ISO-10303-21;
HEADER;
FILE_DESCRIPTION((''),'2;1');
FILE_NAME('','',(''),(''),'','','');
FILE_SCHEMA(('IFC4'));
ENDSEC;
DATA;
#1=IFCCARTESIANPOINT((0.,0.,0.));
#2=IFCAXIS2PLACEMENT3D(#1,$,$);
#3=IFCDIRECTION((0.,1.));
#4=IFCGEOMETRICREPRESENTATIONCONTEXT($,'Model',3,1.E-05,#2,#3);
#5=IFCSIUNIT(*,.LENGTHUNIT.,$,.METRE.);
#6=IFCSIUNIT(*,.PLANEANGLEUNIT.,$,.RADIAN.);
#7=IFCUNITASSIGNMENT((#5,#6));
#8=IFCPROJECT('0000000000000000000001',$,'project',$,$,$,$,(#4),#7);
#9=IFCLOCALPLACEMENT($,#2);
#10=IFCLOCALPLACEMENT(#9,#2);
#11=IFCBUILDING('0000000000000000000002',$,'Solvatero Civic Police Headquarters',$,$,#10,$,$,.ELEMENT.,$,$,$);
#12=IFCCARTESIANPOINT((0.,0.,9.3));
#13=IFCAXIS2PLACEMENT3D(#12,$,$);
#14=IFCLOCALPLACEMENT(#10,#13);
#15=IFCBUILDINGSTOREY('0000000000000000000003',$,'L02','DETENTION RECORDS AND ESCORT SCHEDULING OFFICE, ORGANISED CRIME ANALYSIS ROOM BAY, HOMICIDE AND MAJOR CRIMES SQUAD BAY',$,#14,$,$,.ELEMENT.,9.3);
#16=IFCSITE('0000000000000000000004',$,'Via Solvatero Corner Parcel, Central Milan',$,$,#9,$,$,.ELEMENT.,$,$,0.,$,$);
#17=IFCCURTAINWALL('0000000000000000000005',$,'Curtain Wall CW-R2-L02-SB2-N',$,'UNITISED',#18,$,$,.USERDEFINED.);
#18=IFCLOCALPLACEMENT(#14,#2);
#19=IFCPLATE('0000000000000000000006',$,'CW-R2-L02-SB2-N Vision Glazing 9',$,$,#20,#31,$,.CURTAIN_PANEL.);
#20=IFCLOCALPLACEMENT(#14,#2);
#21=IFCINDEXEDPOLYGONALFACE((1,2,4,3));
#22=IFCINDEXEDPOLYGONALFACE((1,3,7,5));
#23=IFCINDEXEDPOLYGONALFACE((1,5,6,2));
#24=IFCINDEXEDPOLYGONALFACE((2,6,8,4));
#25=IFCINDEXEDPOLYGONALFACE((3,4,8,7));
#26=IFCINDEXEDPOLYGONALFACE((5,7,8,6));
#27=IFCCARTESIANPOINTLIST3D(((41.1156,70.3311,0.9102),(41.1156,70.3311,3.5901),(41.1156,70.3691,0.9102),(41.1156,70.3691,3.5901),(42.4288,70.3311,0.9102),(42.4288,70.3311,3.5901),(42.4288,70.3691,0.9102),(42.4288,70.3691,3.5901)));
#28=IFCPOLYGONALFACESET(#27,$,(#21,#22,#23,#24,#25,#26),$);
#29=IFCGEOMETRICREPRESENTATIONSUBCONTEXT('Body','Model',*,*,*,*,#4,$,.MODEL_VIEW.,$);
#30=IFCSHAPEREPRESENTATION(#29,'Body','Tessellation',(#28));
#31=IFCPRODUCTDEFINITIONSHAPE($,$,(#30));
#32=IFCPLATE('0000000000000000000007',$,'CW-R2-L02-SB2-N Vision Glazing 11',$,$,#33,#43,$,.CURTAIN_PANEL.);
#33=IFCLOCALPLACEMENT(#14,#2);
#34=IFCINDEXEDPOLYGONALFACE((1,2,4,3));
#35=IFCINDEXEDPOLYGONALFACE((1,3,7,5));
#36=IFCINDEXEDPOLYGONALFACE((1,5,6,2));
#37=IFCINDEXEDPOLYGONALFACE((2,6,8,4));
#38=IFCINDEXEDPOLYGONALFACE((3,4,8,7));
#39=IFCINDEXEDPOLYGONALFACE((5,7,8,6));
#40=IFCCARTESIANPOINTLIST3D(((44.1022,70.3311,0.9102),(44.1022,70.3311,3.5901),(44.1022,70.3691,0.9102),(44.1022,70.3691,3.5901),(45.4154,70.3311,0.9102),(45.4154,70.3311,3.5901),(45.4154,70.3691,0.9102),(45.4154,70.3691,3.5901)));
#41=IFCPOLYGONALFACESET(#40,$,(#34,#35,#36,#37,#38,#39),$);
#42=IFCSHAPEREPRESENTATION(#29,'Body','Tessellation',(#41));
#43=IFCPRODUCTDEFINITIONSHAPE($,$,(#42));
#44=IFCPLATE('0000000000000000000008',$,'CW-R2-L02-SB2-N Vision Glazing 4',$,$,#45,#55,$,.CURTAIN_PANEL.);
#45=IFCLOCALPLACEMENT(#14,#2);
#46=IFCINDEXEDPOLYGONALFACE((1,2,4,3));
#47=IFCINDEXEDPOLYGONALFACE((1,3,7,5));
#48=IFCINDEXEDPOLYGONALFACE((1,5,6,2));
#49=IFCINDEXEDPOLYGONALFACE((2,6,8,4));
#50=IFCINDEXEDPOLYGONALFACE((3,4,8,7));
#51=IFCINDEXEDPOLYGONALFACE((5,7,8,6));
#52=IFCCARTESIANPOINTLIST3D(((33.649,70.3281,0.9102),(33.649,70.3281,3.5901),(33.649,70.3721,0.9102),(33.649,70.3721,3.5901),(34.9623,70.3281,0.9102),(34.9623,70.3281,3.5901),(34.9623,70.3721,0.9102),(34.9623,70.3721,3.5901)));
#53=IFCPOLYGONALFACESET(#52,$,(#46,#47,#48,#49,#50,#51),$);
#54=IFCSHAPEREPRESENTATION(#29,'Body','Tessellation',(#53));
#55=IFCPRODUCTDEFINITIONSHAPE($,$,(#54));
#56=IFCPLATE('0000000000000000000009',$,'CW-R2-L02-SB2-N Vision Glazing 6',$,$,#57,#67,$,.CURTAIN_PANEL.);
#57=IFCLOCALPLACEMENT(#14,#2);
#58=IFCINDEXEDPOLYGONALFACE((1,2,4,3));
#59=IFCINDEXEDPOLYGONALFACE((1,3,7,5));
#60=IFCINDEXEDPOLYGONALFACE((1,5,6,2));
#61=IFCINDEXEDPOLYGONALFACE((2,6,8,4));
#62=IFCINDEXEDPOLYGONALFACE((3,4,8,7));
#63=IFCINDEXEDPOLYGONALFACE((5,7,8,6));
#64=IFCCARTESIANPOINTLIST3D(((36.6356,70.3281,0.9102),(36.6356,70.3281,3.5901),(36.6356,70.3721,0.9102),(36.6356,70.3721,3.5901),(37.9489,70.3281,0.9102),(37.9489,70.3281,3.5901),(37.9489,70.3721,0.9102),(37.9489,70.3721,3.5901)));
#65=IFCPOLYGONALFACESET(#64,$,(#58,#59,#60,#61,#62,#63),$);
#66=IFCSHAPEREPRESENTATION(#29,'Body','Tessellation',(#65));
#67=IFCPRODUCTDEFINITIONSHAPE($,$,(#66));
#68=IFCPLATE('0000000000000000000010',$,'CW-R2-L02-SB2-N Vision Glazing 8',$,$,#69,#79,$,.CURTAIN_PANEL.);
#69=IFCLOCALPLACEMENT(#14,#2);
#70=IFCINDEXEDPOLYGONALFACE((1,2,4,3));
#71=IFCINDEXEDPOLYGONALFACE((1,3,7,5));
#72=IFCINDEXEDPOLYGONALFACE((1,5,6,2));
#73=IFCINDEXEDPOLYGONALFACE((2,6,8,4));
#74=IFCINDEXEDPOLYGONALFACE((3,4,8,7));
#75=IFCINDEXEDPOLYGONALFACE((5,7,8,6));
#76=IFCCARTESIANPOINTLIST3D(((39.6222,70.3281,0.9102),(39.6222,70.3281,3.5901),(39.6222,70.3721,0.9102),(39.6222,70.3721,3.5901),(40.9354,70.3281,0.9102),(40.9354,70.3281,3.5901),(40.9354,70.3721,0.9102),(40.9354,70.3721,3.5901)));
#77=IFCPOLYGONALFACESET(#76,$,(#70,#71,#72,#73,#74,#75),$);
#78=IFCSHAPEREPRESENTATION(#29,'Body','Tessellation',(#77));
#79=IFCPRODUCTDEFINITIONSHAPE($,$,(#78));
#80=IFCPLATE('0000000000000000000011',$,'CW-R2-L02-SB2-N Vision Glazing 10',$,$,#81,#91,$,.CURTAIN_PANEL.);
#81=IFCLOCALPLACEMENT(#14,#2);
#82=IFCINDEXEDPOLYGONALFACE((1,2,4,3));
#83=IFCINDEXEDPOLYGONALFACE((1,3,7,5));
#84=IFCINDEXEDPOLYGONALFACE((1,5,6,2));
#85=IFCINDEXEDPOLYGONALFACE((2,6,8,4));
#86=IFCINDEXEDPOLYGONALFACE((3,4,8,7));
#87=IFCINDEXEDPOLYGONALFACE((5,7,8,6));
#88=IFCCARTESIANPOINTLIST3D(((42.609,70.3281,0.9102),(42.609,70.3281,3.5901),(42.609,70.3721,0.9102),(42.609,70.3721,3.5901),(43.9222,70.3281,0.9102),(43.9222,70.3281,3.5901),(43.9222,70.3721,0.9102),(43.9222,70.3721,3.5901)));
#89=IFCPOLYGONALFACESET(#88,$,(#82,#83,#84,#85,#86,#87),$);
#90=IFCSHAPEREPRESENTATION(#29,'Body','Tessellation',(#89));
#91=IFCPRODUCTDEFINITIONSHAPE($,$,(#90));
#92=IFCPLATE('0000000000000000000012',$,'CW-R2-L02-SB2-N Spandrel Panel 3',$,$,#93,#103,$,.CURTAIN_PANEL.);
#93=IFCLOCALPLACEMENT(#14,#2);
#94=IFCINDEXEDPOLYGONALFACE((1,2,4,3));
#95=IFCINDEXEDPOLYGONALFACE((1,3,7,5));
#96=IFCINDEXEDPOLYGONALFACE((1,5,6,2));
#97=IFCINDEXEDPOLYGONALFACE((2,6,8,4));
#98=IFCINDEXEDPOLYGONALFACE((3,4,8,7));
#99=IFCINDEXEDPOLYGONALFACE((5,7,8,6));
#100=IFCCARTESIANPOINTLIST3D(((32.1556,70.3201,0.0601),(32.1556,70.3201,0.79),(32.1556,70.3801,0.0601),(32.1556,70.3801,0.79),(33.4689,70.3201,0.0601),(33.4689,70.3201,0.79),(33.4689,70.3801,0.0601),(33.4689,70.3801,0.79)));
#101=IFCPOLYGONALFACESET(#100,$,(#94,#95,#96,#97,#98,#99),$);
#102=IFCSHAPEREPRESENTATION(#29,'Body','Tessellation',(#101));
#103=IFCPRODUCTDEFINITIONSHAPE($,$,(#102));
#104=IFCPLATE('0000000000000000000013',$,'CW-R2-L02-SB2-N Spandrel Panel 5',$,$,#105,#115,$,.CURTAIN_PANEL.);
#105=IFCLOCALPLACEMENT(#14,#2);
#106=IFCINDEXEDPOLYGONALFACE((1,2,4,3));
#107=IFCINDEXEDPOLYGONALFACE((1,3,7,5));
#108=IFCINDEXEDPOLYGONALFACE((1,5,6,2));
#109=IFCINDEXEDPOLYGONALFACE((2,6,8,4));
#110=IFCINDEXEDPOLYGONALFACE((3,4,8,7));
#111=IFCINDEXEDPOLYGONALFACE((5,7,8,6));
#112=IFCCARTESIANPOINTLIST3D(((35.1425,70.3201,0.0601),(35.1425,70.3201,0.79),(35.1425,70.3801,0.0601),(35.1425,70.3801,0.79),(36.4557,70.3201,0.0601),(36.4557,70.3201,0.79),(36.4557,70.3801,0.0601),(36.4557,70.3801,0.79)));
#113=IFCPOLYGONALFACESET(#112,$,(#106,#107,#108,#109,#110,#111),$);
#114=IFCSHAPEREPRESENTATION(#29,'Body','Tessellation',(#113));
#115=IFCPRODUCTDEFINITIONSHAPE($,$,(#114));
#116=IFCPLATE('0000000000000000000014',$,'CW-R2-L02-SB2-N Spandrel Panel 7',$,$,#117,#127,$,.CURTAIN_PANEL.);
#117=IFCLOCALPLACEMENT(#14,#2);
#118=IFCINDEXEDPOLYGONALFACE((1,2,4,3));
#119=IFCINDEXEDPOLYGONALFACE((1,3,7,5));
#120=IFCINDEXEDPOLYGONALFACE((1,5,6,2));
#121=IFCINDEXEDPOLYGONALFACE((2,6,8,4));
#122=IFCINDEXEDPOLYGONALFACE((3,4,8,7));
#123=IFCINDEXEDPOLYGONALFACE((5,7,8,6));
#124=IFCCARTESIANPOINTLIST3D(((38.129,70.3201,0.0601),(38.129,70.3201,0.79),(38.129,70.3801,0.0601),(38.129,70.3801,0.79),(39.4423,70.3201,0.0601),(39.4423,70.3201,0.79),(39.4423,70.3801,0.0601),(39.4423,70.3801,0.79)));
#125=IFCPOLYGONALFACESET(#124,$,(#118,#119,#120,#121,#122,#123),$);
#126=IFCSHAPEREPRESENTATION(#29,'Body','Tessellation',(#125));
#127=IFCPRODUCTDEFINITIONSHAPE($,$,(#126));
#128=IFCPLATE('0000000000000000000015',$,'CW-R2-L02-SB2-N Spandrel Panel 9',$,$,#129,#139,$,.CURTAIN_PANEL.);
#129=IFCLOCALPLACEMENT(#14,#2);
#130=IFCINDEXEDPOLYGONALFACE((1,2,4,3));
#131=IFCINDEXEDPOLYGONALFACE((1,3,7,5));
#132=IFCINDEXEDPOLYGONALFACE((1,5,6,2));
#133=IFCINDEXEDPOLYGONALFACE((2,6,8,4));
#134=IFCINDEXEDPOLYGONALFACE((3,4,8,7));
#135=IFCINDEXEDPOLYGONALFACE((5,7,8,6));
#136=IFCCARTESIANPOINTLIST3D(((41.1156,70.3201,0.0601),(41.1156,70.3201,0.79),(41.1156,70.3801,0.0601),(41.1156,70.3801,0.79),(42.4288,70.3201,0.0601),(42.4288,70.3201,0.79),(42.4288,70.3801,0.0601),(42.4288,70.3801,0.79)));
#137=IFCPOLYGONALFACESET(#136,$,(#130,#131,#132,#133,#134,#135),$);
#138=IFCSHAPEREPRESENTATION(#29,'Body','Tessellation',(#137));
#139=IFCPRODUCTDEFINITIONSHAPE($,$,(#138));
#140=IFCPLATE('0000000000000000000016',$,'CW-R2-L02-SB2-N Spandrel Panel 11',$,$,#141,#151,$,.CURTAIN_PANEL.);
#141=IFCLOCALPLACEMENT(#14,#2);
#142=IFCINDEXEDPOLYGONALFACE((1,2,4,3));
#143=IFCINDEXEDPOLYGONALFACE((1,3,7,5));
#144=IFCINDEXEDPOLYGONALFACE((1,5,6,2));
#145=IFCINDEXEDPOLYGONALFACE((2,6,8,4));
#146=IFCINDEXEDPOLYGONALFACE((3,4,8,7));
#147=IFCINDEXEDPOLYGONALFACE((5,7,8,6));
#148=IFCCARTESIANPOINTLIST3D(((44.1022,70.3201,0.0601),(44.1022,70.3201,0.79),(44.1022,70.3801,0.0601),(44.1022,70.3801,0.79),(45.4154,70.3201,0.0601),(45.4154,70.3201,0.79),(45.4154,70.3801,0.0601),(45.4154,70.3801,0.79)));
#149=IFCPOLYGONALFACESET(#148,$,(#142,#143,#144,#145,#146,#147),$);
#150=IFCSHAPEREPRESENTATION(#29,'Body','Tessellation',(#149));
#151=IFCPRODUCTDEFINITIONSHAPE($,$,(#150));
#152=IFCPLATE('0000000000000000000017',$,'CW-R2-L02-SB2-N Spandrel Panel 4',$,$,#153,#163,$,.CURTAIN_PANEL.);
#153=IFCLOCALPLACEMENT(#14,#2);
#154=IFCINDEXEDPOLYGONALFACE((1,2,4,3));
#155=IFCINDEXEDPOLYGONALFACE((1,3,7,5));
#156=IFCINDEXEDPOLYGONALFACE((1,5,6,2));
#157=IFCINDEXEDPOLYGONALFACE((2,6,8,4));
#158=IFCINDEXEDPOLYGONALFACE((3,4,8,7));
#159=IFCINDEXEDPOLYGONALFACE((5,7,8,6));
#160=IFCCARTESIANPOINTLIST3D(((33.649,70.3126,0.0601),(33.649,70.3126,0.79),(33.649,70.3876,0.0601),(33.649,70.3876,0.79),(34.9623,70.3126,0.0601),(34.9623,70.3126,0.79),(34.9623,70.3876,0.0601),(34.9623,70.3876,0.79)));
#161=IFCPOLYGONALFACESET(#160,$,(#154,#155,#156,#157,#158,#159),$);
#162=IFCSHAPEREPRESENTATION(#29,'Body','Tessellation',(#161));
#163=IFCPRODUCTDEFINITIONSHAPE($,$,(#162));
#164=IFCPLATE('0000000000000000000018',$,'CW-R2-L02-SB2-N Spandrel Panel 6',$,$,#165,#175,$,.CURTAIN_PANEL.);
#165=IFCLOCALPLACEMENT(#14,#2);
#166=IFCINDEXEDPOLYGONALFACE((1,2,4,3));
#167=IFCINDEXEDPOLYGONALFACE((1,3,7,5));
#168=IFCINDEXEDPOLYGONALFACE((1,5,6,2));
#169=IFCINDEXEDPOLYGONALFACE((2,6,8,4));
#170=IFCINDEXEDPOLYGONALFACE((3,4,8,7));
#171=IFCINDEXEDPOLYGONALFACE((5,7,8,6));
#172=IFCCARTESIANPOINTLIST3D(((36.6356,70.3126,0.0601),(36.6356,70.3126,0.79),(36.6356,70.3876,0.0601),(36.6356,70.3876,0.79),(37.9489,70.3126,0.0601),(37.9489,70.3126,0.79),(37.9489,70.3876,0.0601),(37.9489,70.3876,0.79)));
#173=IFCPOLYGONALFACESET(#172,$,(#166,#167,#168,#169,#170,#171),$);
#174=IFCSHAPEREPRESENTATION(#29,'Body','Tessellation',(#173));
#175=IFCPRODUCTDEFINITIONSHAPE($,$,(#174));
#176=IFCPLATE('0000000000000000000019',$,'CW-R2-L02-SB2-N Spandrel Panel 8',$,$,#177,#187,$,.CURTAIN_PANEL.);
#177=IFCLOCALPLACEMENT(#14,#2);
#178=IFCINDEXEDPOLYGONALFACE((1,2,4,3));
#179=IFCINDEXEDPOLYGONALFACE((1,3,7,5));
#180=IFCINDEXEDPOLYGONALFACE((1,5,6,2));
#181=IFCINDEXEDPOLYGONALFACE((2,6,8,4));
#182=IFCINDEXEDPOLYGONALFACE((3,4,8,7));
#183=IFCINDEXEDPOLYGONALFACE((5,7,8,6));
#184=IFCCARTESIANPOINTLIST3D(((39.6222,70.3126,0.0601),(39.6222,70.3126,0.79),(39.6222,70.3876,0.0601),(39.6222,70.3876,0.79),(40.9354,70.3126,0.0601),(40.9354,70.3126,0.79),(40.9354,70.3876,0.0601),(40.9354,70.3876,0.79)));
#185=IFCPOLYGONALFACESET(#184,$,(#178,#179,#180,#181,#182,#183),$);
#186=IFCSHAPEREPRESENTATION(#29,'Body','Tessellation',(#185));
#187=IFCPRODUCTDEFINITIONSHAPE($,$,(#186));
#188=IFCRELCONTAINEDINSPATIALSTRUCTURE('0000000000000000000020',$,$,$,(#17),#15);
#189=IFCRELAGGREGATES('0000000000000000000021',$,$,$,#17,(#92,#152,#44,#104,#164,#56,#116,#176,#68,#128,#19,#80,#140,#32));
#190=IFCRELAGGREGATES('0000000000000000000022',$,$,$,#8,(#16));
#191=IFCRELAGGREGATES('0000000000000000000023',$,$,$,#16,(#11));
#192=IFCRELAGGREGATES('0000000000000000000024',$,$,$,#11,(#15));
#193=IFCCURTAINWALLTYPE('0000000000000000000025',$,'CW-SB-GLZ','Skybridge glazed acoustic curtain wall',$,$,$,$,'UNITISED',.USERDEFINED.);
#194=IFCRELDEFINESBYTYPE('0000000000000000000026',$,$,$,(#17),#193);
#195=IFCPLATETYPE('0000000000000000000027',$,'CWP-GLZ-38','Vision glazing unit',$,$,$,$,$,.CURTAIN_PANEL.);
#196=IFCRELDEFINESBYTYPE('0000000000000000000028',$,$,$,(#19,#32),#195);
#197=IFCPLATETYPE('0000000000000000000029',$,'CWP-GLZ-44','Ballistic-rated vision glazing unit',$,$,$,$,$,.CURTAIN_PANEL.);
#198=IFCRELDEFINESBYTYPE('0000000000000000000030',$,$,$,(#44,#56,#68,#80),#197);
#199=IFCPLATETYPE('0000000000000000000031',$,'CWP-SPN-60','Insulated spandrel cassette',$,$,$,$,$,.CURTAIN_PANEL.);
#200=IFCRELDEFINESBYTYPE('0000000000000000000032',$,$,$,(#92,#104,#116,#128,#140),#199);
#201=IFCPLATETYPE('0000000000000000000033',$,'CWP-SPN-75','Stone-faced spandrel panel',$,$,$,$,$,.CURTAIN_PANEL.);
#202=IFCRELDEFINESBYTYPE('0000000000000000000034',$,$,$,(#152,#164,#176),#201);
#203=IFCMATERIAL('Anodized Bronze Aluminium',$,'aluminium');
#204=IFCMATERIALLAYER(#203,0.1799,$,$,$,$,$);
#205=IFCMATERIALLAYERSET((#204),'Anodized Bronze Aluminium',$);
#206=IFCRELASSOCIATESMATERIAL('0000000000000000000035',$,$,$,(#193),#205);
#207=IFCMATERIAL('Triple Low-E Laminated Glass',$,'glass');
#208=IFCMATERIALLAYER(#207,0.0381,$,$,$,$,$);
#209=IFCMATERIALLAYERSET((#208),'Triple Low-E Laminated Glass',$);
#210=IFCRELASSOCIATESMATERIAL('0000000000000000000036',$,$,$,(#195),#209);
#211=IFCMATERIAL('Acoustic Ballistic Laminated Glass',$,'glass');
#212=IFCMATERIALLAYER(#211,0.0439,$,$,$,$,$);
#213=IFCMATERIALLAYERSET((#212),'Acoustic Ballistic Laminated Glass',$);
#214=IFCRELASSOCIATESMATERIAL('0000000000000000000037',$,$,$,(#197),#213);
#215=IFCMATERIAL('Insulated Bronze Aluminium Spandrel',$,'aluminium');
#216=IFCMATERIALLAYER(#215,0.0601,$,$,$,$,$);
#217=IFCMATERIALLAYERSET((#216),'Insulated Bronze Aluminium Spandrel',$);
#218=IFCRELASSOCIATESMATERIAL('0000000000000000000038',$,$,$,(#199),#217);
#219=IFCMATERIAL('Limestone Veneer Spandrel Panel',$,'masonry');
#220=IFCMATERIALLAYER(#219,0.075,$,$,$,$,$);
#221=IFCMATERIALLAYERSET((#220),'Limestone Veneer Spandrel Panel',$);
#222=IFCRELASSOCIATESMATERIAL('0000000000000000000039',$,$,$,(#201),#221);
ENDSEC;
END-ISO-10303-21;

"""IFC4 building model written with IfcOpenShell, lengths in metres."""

from ifc_helpers import new_model, si_unit, direction, frame, origin, origin_2d, place, context, subcontext, project, spatial, rectangle, extrude, material, layer, layer_set, type_object, element, aggregate, save


model = new_model("IFC4")

# Units and contexts
model_context = context("Model", 3, precision=1e-05, world=origin(), true_north=direction((0.0, 1.0)))
body_context = subcontext(model_context, "Body", "Model", "MODEL_VIEW")
ifc_project = project(units=[si_unit("LENGTHUNIT", "METRE"), si_unit("PLANEANGLEUNIT", "RADIAN")], contexts=[model_context])

# Site, building, storey
site_placement = place(None, origin())
site = spatial("IfcSite", under=ifc_project, at=site_placement, Name="Via Solvatero Corner Parcel, Central Milan", CompositionType="ELEMENT", RefElevation=0.0)
building_placement = place(site_placement, origin())
building = spatial("IfcBuilding", under=site, at=building_placement, Name="Solvatero Civic Police Headquarters", CompositionType="ELEMENT")
storey_placement = place(building_placement, frame((0.0, 0.0, 9.3)))
storey = spatial("IfcBuildingStorey", under=building, at=storey_placement, Name="L02", Description="DETENTION RECORDS AND ESCORT SCHEDULING OFFICE, ORGANISED CRIME ANALYSIS ROOM BAY, HOMICIDE AND MAJOR CRIMES SQUAD BAY", CompositionType="ELEMENT", Elevation=9.3)

# Curtain wall, plates
ifc_material_1 = material(Name="Anodized Bronze Aluminium", Category="aluminium")
ifc_layer_1 = layer(ifc_material_1, 0.1799)
ifc_layer_set_1 = layer_set([ifc_layer_1], Name="Anodized Bronze Aluminium")
curtain_wall_type = type_object("IfcCurtainWallType", Name="CW-SB-GLZ", Description="Skybridge glazed acoustic curtain wall", ElementType="UNITISED", PredefinedType="USERDEFINED", material=ifc_layer_set_1)
curtain_wall_placement = place(storey_placement, origin())
curtain_wall = element("IfcCurtainWall", 1, at=curtain_wall_placement, inside=storey, type_object=curtain_wall_type, Name="Curtain Wall CW-R2-L02-SB2-N", ObjectType="UNITISED", PredefinedType="USERDEFINED")
ifc_material_2 = material(Name="Triple Low-E Laminated Glass", Category="glass")
ifc_layer_2 = layer(ifc_material_2, 0.0381)
ifc_layer_set_2 = layer_set([ifc_layer_2], Name="Triple Low-E Laminated Glass")
plate_type_1 = type_object("IfcPlateType", Name="CWP-GLZ-38", Description="Vision glazing unit", PredefinedType="CURTAIN_PANEL", material=ifc_layer_set_2)
plate_1_placement = place(storey_placement, frame((41.7722, 70.3501, 0.9102), z_axis=(0.0, 0.0, 1.0), x_axis=(1.0, 0.0, 0.0)))
plate_1 = element("IfcPlate", 2, at=plate_1_placement, type_object=plate_type_1, Name="CW-R2-L02-SB2-N Vision Glazing 9", PredefinedType="CURTAIN_PANEL", context=body_context, shape_type="SweptSolid", body=[
    extrude(rectangle(XDim=1.3132, YDim=0.0381, at=origin_2d()), origin(), (0.0, 0.0, 1.0), 2.6799),
])
plate_2_placement = place(storey_placement, frame((44.7588, 70.3501, 0.9102), z_axis=(0.0, 0.0, 1.0), x_axis=(1.0, 0.0, 0.0)))
plate_2 = element("IfcPlate", 3, at=plate_2_placement, type_object=plate_type_1, Name="CW-R2-L02-SB2-N Vision Glazing 11", PredefinedType="CURTAIN_PANEL", context=body_context, shape_type="SweptSolid", body=[
    extrude(rectangle(XDim=1.3132, YDim=0.0381, at=origin_2d()), origin(), (0.0, 0.0, 1.0), 2.6799),
])
ifc_material_3 = material(Name="Acoustic Ballistic Laminated Glass", Category="glass")
ifc_layer_3 = layer(ifc_material_3, 0.0439)
ifc_layer_set_3 = layer_set([ifc_layer_3], Name="Acoustic Ballistic Laminated Glass")
plate_type_2 = type_object("IfcPlateType", Name="CWP-GLZ-44", Description="Ballistic-rated vision glazing unit", PredefinedType="CURTAIN_PANEL", material=ifc_layer_set_3)
plate_3_placement = place(storey_placement, frame((34.3057, 70.3501, 0.9102), z_axis=(0.0, 0.0, 1.0), x_axis=(1.0, 0.0, 0.0)))
plate_3 = element("IfcPlate", 4, at=plate_3_placement, type_object=plate_type_2, Name="CW-R2-L02-SB2-N Vision Glazing 4", PredefinedType="CURTAIN_PANEL", context=body_context, shape_type="SweptSolid", body=[
    extrude(rectangle(XDim=1.3132, YDim=0.0439, at=origin_2d()), origin(), (0.0, 0.0, 1.0), 2.6799),
])
plate_4_placement = place(storey_placement, frame((37.2922, 70.3501, 0.9102), z_axis=(0.0, 0.0, 1.0), x_axis=(1.0, 0.0, 0.0)))
plate_4 = element("IfcPlate", 5, at=plate_4_placement, type_object=plate_type_2, Name="CW-R2-L02-SB2-N Vision Glazing 6", PredefinedType="CURTAIN_PANEL", context=body_context, shape_type="SweptSolid", body=[
    extrude(rectangle(XDim=1.3132, YDim=0.0439, at=origin_2d()), origin(), (0.0, 0.0, 1.0), 2.6799),
])
plate_5_placement = place(storey_placement, frame((40.2788, 70.3501, 0.9102), z_axis=(0.0, 0.0, 1.0), x_axis=(1.0, 0.0, 0.0)))
plate_5 = element("IfcPlate", 6, at=plate_5_placement, type_object=plate_type_2, Name="CW-R2-L02-SB2-N Vision Glazing 8", PredefinedType="CURTAIN_PANEL", context=body_context, shape_type="SweptSolid", body=[
    extrude(rectangle(XDim=1.3132, YDim=0.0439, at=origin_2d()), origin(), (0.0, 0.0, 1.0), 2.6799),
])
plate_6_placement = place(storey_placement, frame((43.2656, 70.3501, 0.9102), z_axis=(0.0, 0.0, 1.0), x_axis=(1.0, 0.0, 0.0)))
plate_6 = element("IfcPlate", 7, at=plate_6_placement, type_object=plate_type_2, Name="CW-R2-L02-SB2-N Vision Glazing 10", PredefinedType="CURTAIN_PANEL", context=body_context, shape_type="SweptSolid", body=[
    extrude(rectangle(XDim=1.3132, YDim=0.0439, at=origin_2d()), origin(), (0.0, 0.0, 1.0), 2.6799),
])
ifc_material_4 = material(Name="Insulated Bronze Aluminium Spandrel", Category="aluminium")
ifc_layer_4 = layer(ifc_material_4, 0.0601)
ifc_layer_set_4 = layer_set([ifc_layer_4], Name="Insulated Bronze Aluminium Spandrel")
plate_type_3 = type_object("IfcPlateType", Name="CWP-SPN-60", Description="Insulated spandrel cassette", PredefinedType="CURTAIN_PANEL", material=ifc_layer_set_4)
plate_7_placement = place(storey_placement, frame((32.8123, 70.3501, 0.0601), z_axis=(0.0, 0.0, 1.0), x_axis=(1.0, 0.0, 0.0)))
plate_7 = element("IfcPlate", 8, at=plate_7_placement, type_object=plate_type_3, Name="CW-R2-L02-SB2-N Spandrel Panel 3", PredefinedType="CURTAIN_PANEL", context=body_context, shape_type="SweptSolid", body=[
    extrude(rectangle(XDim=1.3132, YDim=0.0601, at=origin_2d()), origin(), (0.0, 0.0, 1.0), 0.73),
])
plate_8_placement = place(storey_placement, frame((35.7991, 70.3501, 0.0601), z_axis=(0.0, 0.0, 1.0), x_axis=(1.0, 0.0, 0.0)))
plate_8 = element("IfcPlate", 9, at=plate_8_placement, type_object=plate_type_3, Name="CW-R2-L02-SB2-N Spandrel Panel 5", PredefinedType="CURTAIN_PANEL", context=body_context, shape_type="SweptSolid", body=[
    extrude(rectangle(XDim=1.3132, YDim=0.0601, at=origin_2d()), origin(), (0.0, 0.0, 1.0), 0.73),
])
plate_9_placement = place(storey_placement, frame((38.7856, 70.3501, 0.0601), z_axis=(0.0, 0.0, 1.0), x_axis=(1.0, 0.0, 0.0)))
plate_9 = element("IfcPlate", 10, at=plate_9_placement, type_object=plate_type_3, Name="CW-R2-L02-SB2-N Spandrel Panel 7", PredefinedType="CURTAIN_PANEL", context=body_context, shape_type="SweptSolid", body=[
    extrude(rectangle(XDim=1.3132, YDim=0.0601, at=origin_2d()), origin(), (0.0, 0.0, 1.0), 0.73),
])
plate_10_placement = place(storey_placement, frame((41.7722, 70.3501, 0.0601), z_axis=(0.0, 0.0, 1.0), x_axis=(1.0, 0.0, 0.0)))
plate_10 = element("IfcPlate", 11, at=plate_10_placement, type_object=plate_type_3, Name="CW-R2-L02-SB2-N Spandrel Panel 9", PredefinedType="CURTAIN_PANEL", context=body_context, shape_type="SweptSolid", body=[
    extrude(rectangle(XDim=1.3132, YDim=0.0601, at=origin_2d()), origin(), (0.0, 0.0, 1.0), 0.73),
])
plate_11_placement = place(storey_placement, frame((44.7588, 70.3501, 0.0601), z_axis=(0.0, 0.0, 1.0), x_axis=(1.0, 0.0, 0.0)))
plate_11 = element("IfcPlate", 12, at=plate_11_placement, type_object=plate_type_3, Name="CW-R2-L02-SB2-N Spandrel Panel 11", PredefinedType="CURTAIN_PANEL", context=body_context, shape_type="SweptSolid", body=[
    extrude(rectangle(XDim=1.3132, YDim=0.0601, at=origin_2d()), origin(), (0.0, 0.0, 1.0), 0.73),
])
ifc_material_5 = material(Name="Limestone Veneer Spandrel Panel", Category="masonry")
ifc_layer_5 = layer(ifc_material_5, 0.075)
ifc_layer_set_5 = layer_set([ifc_layer_5], Name="Limestone Veneer Spandrel Panel")
plate_type_4 = type_object("IfcPlateType", Name="CWP-SPN-75", Description="Stone-faced spandrel panel", PredefinedType="CURTAIN_PANEL", material=ifc_layer_set_5)
plate_12_placement = place(storey_placement, frame((34.3057, 70.3501, 0.0601), z_axis=(0.0, 0.0, 1.0), x_axis=(1.0, 0.0, 0.0)))
plate_12 = element("IfcPlate", 13, at=plate_12_placement, type_object=plate_type_4, Name="CW-R2-L02-SB2-N Spandrel Panel 4", PredefinedType="CURTAIN_PANEL", context=body_context, shape_type="SweptSolid", body=[
    extrude(rectangle(XDim=1.3132, YDim=0.075, at=origin_2d()), origin(), (0.0, 0.0, 1.0), 0.73),
])
plate_13_placement = place(storey_placement, frame((37.2922, 70.3501, 0.0601), z_axis=(0.0, 0.0, 1.0), x_axis=(1.0, 0.0, 0.0)))
plate_13 = element("IfcPlate", 14, at=plate_13_placement, type_object=plate_type_4, Name="CW-R2-L02-SB2-N Spandrel Panel 6", PredefinedType="CURTAIN_PANEL", context=body_context, shape_type="SweptSolid", body=[
    extrude(rectangle(XDim=1.3132, YDim=0.075, at=origin_2d()), origin(), (0.0, 0.0, 1.0), 0.73),
])
plate_14_placement = place(storey_placement, frame((40.2788, 70.3501, 0.0601), z_axis=(0.0, 0.0, 1.0), x_axis=(1.0, 0.0, 0.0)))
plate_14 = element("IfcPlate", 15, at=plate_14_placement, type_object=plate_type_4, Name="CW-R2-L02-SB2-N Spandrel Panel 8", PredefinedType="CURTAIN_PANEL", context=body_context, shape_type="SweptSolid", body=[
    extrude(rectangle(XDim=1.3132, YDim=0.075, at=origin_2d()), origin(), (0.0, 0.0, 1.0), 0.73),
])
aggregate(curtain_wall, [plate_7, plate_12, plate_3, plate_8, plate_13, plate_4, plate_9, plate_14, plate_5, plate_10, plate_1, plate_6, plate_11, plate_2])

save(model, "model.ifc")
